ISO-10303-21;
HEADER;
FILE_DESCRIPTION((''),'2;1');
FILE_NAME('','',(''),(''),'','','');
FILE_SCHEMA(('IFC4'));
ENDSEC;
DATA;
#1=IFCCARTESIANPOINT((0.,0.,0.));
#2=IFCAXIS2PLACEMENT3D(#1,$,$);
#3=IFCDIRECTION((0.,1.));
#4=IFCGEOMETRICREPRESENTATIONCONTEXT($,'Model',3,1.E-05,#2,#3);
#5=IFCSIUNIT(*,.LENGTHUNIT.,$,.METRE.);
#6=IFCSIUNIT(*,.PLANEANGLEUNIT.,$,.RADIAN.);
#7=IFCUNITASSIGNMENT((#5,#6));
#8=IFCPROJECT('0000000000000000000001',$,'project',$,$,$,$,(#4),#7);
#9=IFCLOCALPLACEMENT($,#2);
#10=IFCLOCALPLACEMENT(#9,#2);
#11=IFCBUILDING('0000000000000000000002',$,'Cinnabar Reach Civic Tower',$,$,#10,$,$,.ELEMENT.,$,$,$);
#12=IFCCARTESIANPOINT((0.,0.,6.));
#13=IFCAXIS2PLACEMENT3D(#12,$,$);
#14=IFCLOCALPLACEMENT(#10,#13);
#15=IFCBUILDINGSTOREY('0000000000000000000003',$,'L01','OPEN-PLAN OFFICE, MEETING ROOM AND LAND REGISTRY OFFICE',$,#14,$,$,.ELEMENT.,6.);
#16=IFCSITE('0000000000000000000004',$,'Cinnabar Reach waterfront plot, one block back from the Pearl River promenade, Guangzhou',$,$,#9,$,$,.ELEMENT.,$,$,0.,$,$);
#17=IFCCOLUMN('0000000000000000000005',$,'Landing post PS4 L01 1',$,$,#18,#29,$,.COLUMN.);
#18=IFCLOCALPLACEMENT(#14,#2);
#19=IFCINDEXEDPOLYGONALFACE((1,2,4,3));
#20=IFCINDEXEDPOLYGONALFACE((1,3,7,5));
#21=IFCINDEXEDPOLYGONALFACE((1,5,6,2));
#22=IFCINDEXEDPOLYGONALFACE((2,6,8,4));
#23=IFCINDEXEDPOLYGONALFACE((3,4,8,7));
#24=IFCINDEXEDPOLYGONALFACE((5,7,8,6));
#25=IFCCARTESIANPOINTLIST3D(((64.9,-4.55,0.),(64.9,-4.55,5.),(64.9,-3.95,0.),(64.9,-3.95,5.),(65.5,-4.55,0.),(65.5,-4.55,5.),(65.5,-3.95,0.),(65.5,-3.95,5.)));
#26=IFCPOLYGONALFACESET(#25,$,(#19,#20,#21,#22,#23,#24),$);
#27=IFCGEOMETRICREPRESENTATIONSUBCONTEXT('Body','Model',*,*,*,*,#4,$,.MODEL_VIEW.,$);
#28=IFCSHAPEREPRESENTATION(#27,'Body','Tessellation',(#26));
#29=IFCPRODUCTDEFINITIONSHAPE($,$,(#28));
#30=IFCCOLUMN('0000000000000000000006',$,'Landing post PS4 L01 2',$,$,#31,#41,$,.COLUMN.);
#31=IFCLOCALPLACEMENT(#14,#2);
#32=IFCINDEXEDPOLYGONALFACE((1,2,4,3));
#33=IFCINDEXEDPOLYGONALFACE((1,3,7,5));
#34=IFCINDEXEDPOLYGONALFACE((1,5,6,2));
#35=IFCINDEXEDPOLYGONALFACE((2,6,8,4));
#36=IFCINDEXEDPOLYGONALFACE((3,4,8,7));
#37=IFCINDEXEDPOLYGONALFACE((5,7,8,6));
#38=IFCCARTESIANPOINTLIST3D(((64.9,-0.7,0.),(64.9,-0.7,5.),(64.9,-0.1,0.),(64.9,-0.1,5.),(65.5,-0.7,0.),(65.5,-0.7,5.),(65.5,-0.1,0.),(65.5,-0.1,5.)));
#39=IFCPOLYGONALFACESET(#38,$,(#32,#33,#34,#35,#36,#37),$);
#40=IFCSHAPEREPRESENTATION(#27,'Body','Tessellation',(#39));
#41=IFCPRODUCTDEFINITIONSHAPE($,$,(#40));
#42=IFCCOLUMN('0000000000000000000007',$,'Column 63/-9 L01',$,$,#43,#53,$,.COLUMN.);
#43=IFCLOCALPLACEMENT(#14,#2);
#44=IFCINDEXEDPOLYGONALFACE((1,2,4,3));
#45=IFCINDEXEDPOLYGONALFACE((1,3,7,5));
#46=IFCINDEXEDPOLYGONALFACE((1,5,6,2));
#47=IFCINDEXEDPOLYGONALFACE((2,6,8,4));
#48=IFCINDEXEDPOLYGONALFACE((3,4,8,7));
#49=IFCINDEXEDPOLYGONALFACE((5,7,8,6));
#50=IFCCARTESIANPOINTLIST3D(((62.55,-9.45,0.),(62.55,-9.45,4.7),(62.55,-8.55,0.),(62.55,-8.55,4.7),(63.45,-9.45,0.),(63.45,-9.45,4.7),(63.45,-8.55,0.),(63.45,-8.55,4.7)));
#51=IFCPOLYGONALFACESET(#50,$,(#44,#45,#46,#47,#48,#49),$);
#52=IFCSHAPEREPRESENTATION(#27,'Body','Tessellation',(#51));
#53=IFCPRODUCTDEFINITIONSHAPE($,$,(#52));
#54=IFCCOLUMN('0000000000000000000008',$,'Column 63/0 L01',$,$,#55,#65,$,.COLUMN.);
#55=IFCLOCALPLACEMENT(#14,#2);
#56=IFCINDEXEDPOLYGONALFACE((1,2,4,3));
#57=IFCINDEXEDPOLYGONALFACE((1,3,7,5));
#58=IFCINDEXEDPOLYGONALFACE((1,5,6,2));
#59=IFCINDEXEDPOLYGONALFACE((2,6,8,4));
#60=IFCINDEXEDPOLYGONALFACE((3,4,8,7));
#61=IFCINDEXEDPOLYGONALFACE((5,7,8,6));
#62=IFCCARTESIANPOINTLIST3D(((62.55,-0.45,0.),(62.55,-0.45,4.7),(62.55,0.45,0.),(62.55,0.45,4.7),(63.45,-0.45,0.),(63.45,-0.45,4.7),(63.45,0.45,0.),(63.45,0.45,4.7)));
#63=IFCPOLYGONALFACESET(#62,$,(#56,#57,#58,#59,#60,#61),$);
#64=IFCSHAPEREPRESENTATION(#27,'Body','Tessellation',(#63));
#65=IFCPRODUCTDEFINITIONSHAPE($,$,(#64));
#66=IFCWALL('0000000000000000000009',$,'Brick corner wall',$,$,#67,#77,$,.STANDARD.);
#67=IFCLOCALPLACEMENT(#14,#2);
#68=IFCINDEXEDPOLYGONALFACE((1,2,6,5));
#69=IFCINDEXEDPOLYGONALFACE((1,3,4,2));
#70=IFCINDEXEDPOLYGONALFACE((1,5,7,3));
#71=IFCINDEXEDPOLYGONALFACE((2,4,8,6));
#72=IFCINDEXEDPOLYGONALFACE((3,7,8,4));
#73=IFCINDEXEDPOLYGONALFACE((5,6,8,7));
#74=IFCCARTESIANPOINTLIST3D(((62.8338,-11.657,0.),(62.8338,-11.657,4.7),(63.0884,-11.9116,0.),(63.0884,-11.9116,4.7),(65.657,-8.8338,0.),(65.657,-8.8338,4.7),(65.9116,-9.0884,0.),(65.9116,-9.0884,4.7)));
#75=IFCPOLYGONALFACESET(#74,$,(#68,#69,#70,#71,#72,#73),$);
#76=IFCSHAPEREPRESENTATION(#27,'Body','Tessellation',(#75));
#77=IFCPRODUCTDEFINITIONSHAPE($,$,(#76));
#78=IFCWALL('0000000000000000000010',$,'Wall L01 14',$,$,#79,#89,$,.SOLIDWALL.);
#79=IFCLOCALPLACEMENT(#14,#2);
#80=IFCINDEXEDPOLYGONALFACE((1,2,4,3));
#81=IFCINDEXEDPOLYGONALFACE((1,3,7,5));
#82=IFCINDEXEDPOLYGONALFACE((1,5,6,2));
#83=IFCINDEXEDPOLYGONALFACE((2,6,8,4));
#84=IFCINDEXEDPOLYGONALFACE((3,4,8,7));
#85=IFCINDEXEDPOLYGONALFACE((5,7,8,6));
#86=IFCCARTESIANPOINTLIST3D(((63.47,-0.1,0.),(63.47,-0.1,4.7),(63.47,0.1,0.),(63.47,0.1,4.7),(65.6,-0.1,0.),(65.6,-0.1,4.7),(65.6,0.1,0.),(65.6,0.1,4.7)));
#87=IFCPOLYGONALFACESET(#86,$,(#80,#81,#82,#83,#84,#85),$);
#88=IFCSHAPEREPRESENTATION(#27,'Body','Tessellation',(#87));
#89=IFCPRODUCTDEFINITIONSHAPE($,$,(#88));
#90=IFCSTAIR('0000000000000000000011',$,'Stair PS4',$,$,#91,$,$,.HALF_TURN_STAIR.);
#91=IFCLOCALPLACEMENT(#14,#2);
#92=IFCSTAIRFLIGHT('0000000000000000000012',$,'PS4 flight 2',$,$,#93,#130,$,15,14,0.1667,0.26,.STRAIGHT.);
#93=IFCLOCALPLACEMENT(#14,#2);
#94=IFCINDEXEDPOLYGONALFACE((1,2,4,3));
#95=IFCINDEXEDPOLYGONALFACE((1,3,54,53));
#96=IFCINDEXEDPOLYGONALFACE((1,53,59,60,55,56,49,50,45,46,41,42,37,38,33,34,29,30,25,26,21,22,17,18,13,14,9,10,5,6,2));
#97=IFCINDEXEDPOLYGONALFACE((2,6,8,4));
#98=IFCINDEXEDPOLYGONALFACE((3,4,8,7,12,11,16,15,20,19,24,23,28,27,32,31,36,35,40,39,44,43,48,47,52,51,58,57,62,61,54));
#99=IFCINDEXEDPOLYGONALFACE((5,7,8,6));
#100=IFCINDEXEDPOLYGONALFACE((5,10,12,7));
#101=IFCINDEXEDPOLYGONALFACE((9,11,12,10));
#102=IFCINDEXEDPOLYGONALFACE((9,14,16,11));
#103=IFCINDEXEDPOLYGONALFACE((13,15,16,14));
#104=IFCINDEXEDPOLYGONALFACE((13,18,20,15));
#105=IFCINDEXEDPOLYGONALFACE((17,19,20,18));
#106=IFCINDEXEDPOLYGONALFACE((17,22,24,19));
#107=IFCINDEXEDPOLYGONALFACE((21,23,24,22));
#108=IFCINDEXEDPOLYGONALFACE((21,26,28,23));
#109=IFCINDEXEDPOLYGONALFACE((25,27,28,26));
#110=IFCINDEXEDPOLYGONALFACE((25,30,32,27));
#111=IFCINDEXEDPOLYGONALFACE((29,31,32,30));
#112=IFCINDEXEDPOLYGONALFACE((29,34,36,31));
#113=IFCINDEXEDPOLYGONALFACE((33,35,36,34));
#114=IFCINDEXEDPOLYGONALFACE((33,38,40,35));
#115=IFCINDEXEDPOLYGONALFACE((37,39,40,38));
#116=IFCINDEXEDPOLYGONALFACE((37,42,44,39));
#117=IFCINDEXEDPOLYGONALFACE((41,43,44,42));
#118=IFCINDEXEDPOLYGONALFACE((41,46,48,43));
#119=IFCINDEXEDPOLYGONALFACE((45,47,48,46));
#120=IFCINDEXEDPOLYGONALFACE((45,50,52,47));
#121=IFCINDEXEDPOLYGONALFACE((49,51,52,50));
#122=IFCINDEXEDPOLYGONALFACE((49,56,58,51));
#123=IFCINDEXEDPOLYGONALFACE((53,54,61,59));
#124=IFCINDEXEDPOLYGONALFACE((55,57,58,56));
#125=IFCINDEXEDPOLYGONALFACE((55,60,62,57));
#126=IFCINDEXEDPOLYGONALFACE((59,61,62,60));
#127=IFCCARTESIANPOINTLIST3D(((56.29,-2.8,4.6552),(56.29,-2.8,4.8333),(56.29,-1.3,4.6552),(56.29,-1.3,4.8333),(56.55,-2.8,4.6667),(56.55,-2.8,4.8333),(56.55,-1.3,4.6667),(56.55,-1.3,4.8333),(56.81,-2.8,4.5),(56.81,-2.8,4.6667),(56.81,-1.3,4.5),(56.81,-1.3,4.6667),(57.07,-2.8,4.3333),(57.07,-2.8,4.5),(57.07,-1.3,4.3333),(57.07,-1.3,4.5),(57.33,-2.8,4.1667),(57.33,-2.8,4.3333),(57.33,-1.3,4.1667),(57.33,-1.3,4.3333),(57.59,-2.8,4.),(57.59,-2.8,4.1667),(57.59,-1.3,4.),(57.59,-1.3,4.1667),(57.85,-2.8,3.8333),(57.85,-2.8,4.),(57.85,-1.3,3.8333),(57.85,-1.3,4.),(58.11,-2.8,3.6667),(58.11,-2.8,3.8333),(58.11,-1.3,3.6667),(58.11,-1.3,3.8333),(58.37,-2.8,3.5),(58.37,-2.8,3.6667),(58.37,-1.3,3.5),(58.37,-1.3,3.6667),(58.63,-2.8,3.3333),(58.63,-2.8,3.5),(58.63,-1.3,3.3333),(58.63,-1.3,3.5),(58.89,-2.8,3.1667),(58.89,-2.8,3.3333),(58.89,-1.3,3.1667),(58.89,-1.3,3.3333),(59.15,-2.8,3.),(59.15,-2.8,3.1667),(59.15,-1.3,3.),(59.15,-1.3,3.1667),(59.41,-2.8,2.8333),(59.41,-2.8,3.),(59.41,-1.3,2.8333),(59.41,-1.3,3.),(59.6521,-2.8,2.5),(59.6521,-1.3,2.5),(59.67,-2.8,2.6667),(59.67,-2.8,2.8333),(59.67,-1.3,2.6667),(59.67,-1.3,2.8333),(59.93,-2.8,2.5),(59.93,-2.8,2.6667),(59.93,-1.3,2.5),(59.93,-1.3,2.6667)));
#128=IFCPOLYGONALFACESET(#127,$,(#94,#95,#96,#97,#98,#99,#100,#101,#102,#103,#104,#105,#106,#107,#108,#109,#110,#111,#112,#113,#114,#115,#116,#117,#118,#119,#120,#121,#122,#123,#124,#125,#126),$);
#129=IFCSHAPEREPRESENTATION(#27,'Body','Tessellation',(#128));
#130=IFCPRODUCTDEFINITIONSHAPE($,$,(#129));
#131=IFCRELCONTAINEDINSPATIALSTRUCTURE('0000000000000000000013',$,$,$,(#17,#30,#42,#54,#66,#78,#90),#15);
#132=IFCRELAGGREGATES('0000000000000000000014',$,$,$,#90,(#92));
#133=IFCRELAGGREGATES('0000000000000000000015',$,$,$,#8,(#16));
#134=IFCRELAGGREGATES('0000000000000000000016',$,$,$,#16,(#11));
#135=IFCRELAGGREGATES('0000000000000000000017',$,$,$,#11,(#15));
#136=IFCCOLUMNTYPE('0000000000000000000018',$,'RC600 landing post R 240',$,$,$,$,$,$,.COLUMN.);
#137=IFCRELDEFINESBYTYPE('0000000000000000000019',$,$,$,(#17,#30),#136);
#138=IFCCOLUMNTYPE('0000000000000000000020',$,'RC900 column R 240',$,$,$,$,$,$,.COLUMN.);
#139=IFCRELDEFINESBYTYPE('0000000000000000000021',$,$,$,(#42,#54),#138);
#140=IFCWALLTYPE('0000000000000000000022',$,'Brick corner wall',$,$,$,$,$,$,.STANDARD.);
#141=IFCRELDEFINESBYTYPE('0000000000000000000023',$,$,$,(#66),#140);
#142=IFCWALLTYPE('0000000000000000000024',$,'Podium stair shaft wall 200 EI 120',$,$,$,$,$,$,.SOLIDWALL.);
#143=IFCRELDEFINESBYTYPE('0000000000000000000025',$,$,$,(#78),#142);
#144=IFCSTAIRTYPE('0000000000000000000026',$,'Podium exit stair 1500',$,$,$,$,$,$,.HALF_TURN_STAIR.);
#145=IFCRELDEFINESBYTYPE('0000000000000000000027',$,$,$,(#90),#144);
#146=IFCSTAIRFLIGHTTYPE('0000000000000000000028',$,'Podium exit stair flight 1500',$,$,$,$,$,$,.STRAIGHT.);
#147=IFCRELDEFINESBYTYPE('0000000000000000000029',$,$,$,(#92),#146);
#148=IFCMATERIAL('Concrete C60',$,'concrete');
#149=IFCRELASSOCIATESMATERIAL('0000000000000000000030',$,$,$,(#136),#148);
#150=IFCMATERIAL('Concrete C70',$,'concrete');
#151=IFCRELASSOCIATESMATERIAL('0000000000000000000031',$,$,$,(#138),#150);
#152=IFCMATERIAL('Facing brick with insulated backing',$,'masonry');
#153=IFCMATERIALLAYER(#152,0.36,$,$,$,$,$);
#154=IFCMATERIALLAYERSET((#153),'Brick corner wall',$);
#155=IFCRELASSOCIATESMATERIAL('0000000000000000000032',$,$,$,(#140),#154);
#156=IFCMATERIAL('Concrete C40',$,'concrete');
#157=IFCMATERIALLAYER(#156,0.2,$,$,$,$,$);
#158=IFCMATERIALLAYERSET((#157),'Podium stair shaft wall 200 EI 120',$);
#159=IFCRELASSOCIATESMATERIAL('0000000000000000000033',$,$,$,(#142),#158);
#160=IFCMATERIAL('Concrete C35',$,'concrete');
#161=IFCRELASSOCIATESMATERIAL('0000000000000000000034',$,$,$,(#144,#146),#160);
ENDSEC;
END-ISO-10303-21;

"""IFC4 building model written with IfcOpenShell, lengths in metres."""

from ifc_helpers import new_model, si_unit, direction, frame, frame_2d, origin, origin_2d, place, context, subcontext, project, spatial, polyline, rectangle, outline, extrude, material, layer, layer_set, material_profile, profile_set, type_object, element, aggregate, save


model = new_model("IFC4")

# Units and contexts
model_context = context("Model", 3, precision=1e-05, world=origin(), true_north=direction((0.0, 1.0)))
body_context = subcontext(model_context, "Body", "Model", "MODEL_VIEW")
ifc_project = project(units=[si_unit("LENGTHUNIT", "METRE"), si_unit("PLANEANGLEUNIT", "RADIAN")], contexts=[model_context])

# Site, building, storey
site_placement = place(None, origin())
site = spatial("IfcSite", under=ifc_project, at=site_placement, Name="Cinnabar Reach waterfront plot, one block back from the Pearl River promenade, Guangzhou", CompositionType="ELEMENT", RefElevation=0.0)
building_placement = place(site_placement, origin())
building = spatial("IfcBuilding", under=site, at=building_placement, Name="Cinnabar Reach Civic Tower", CompositionType="ELEMENT")
storey_placement = place(building_placement, frame((0.0, 0.0, 6.0)))
storey = spatial("IfcBuildingStorey", under=building, at=storey_placement, Name="L01", Description="OPEN-PLAN OFFICE, MEETING ROOM AND LAND REGISTRY OFFICE", CompositionType="ELEMENT", Elevation=6.0)

# Columns
ifc_material_1 = material(Name="Concrete C60", Category="concrete")
ifc_material_profile_1 = material_profile(ifc_material_1, rectangle(XDim=0.6, YDim=0.6, at=origin_2d()), Name="RC600")
ifc_profile_set_1 = profile_set([ifc_material_profile_1], Name="Concrete C60")
column_type_1 = type_object("IfcColumnType", Name="RC600 landing post R 240", PredefinedType="COLUMN", material=ifc_profile_set_1)
for number, where, z_axis, x_axis, name in (
    (1, (65.2, -4.25, 0.0), (0.0, 0.0, 1.0), (1.0, 0.0, 0.0), "Landing post PS4 L01 1"),
    (2, (65.2, -0.4, 0.0), (0.0, 0.0, 1.0), (1.0, 0.0, 0.0), "Landing post PS4 L01 2"),
):
    element("IfcColumn", number, at=place(storey_placement, frame(where, z_axis=z_axis, x_axis=x_axis)), inside=storey, type_object=column_type_1, Name=name, PredefinedType="COLUMN", context=body_context, shape_type="SweptSolid", body=[
        extrude(rectangle(XDim=0.6, YDim=0.6, at=origin_2d()), origin(), (0.0, 0.0, 1.0), 5.0),
    ])
ifc_material_2 = material(Name="Concrete C70", Category="concrete")
ifc_material_profile_2 = material_profile(ifc_material_2, rectangle(XDim=0.9, YDim=0.9, at=origin_2d()), Name="RC900")
ifc_profile_set_2 = profile_set([ifc_material_profile_2], Name="Concrete C70")
column_type_2 = type_object("IfcColumnType", Name="RC900 column R 240", PredefinedType="COLUMN", material=ifc_profile_set_2)
for number, where, z_axis, x_axis, name in (
    (3, (63.0, -9.0, 0.0), (0.0, 0.0, 1.0), (1.0, 0.0, 0.0), "Column 63/-9 L01"),
    (4, (63.0, 0.0, 0.0), (0.0, 0.0, 1.0), (1.0, 0.0, 0.0), "Column 63/0 L01"),
):
    element("IfcColumn", number, at=place(storey_placement, frame(where, z_axis=z_axis, x_axis=x_axis)), inside=storey, type_object=column_type_2, Name=name, PredefinedType="COLUMN", context=body_context, shape_type="SweptSolid", body=[
        extrude(rectangle(XDim=0.9, YDim=0.9, at=origin_2d()), origin(), (0.0, 0.0, 1.0), 4.7),
    ])

# Wall
ifc_material_3 = material(Name="Facing brick with insulated backing", Category="masonry")
ifc_layer_1 = layer(ifc_material_3, 0.36)
ifc_layer_set_1 = layer_set([ifc_layer_1], Name="Brick corner wall")
wall_type_1 = type_object("IfcWallType", Name="Brick corner wall", PredefinedType="STANDARD", material=ifc_layer_set_1)
wall_1_placement = place(storey_placement, frame((62.9611, -11.7843, 0.0), z_axis=(0.0, 0.0, 1.0), x_axis=(0.707107, 0.707107, 0.0)))
element("IfcWall", 5, at=wall_1_placement, inside=storey, type_object=wall_type_1, Name="Brick corner wall", PredefinedType="STANDARD", context=body_context, shape_type="SweptSolid", body=[
    extrude(rectangle(XDim=3.9926, YDim=0.36, at=frame_2d((1.9963, 0.0))), origin(), (0.0, 0.0, 1.0), 4.7),
])

# Wall
ifc_material_4 = material(Name="Concrete C40", Category="concrete")
ifc_layer_2 = layer(ifc_material_4, 0.2)
ifc_layer_set_2 = layer_set([ifc_layer_2], Name="Podium stair shaft wall 200 EI 120")
wall_type_2 = type_object("IfcWallType", Name="Podium stair shaft wall 200 EI 120", PredefinedType="SOLIDWALL", material=ifc_layer_set_2)
wall_2_placement = place(storey_placement, frame((63.47, 0.0, 0.0), z_axis=(0.0, 0.0, 1.0), x_axis=(1.0, 0.0, 0.0)))
element("IfcWall", 6, at=wall_2_placement, inside=storey, type_object=wall_type_2, Name="Wall L01 14", PredefinedType="SOLIDWALL", context=body_context, shape_type="SweptSolid", body=[
    extrude(rectangle(XDim=2.13, YDim=0.2, at=frame_2d((1.065, 0.0))), origin(), (0.0, 0.0, 1.0), 4.7),
])

# Stair, stair flight
ifc_material_5 = material(Name="Concrete C35", Category="concrete")
stair_type = type_object("IfcStairType", Name="Podium exit stair 1500", PredefinedType="HALF_TURN_STAIR", material=ifc_material_5)
stair_placement = place(storey_placement, origin())
stair = element("IfcStair", 7, at=stair_placement, inside=storey, type_object=stair_type, Name="Stair PS4", PredefinedType="HALF_TURN_STAIR")
stair_flight_type = type_object("IfcStairFlightType", Name="Podium exit stair flight 1500", PredefinedType="STRAIGHT", material=ifc_material_5)
stair_flight_placement = place(storey_placement, frame((59.93, -2.05, 2.5), z_axis=(0.0, 0.0, 1.0), x_axis=(-1.0, 0.0, 0.0)))
stair_flight = element("IfcStairFlight", 8, at=stair_flight_placement, type_object=stair_flight_type, Name="PS4 flight 2", NumberOfRisers=15, NumberOfTreads=14, PredefinedType="STRAIGHT", RiserHeight=0.1667, TreadLength=0.26, context=body_context, shape_type="SweptSolid", body=[
    extrude(outline(polyline([(0.0, 0.0), (0.0, 0.1667), (0.26, 0.1667), (0.26, 0.3333), (0.52, 0.3333), (0.52, 0.5), (0.78, 0.5), (0.78, 0.6667), (1.04, 0.6667), (1.04, 0.8333), (1.3, 0.8333), (1.3, 1.0), (1.56, 1.0), (1.56, 1.1667), (1.82, 1.1667), (1.82, 1.3333), (2.08, 1.3333), (2.08, 1.5), (2.34, 1.5), (2.34, 1.6667), (2.6, 1.6667), (2.6, 1.8333), (2.86, 1.8333), (2.86, 2.0), (3.12, 2.0), (3.12, 2.1667), (3.38, 2.1667), (3.38, 2.3333), (3.64, 2.3333), (3.64, 2.5), (3.64, 2.1552), (0.2779, 0.0), (0.0, 0.0)])), frame((0.0, 0.75, 0.0), z_axis=(0.0, -1.0, 0.0), x_axis=(1.0, 0.0, 0.0)), (0.0, 0.0, 1.0), 1.5),
])
aggregate(stair, [stair_flight])

save(model, "model.ifc")
